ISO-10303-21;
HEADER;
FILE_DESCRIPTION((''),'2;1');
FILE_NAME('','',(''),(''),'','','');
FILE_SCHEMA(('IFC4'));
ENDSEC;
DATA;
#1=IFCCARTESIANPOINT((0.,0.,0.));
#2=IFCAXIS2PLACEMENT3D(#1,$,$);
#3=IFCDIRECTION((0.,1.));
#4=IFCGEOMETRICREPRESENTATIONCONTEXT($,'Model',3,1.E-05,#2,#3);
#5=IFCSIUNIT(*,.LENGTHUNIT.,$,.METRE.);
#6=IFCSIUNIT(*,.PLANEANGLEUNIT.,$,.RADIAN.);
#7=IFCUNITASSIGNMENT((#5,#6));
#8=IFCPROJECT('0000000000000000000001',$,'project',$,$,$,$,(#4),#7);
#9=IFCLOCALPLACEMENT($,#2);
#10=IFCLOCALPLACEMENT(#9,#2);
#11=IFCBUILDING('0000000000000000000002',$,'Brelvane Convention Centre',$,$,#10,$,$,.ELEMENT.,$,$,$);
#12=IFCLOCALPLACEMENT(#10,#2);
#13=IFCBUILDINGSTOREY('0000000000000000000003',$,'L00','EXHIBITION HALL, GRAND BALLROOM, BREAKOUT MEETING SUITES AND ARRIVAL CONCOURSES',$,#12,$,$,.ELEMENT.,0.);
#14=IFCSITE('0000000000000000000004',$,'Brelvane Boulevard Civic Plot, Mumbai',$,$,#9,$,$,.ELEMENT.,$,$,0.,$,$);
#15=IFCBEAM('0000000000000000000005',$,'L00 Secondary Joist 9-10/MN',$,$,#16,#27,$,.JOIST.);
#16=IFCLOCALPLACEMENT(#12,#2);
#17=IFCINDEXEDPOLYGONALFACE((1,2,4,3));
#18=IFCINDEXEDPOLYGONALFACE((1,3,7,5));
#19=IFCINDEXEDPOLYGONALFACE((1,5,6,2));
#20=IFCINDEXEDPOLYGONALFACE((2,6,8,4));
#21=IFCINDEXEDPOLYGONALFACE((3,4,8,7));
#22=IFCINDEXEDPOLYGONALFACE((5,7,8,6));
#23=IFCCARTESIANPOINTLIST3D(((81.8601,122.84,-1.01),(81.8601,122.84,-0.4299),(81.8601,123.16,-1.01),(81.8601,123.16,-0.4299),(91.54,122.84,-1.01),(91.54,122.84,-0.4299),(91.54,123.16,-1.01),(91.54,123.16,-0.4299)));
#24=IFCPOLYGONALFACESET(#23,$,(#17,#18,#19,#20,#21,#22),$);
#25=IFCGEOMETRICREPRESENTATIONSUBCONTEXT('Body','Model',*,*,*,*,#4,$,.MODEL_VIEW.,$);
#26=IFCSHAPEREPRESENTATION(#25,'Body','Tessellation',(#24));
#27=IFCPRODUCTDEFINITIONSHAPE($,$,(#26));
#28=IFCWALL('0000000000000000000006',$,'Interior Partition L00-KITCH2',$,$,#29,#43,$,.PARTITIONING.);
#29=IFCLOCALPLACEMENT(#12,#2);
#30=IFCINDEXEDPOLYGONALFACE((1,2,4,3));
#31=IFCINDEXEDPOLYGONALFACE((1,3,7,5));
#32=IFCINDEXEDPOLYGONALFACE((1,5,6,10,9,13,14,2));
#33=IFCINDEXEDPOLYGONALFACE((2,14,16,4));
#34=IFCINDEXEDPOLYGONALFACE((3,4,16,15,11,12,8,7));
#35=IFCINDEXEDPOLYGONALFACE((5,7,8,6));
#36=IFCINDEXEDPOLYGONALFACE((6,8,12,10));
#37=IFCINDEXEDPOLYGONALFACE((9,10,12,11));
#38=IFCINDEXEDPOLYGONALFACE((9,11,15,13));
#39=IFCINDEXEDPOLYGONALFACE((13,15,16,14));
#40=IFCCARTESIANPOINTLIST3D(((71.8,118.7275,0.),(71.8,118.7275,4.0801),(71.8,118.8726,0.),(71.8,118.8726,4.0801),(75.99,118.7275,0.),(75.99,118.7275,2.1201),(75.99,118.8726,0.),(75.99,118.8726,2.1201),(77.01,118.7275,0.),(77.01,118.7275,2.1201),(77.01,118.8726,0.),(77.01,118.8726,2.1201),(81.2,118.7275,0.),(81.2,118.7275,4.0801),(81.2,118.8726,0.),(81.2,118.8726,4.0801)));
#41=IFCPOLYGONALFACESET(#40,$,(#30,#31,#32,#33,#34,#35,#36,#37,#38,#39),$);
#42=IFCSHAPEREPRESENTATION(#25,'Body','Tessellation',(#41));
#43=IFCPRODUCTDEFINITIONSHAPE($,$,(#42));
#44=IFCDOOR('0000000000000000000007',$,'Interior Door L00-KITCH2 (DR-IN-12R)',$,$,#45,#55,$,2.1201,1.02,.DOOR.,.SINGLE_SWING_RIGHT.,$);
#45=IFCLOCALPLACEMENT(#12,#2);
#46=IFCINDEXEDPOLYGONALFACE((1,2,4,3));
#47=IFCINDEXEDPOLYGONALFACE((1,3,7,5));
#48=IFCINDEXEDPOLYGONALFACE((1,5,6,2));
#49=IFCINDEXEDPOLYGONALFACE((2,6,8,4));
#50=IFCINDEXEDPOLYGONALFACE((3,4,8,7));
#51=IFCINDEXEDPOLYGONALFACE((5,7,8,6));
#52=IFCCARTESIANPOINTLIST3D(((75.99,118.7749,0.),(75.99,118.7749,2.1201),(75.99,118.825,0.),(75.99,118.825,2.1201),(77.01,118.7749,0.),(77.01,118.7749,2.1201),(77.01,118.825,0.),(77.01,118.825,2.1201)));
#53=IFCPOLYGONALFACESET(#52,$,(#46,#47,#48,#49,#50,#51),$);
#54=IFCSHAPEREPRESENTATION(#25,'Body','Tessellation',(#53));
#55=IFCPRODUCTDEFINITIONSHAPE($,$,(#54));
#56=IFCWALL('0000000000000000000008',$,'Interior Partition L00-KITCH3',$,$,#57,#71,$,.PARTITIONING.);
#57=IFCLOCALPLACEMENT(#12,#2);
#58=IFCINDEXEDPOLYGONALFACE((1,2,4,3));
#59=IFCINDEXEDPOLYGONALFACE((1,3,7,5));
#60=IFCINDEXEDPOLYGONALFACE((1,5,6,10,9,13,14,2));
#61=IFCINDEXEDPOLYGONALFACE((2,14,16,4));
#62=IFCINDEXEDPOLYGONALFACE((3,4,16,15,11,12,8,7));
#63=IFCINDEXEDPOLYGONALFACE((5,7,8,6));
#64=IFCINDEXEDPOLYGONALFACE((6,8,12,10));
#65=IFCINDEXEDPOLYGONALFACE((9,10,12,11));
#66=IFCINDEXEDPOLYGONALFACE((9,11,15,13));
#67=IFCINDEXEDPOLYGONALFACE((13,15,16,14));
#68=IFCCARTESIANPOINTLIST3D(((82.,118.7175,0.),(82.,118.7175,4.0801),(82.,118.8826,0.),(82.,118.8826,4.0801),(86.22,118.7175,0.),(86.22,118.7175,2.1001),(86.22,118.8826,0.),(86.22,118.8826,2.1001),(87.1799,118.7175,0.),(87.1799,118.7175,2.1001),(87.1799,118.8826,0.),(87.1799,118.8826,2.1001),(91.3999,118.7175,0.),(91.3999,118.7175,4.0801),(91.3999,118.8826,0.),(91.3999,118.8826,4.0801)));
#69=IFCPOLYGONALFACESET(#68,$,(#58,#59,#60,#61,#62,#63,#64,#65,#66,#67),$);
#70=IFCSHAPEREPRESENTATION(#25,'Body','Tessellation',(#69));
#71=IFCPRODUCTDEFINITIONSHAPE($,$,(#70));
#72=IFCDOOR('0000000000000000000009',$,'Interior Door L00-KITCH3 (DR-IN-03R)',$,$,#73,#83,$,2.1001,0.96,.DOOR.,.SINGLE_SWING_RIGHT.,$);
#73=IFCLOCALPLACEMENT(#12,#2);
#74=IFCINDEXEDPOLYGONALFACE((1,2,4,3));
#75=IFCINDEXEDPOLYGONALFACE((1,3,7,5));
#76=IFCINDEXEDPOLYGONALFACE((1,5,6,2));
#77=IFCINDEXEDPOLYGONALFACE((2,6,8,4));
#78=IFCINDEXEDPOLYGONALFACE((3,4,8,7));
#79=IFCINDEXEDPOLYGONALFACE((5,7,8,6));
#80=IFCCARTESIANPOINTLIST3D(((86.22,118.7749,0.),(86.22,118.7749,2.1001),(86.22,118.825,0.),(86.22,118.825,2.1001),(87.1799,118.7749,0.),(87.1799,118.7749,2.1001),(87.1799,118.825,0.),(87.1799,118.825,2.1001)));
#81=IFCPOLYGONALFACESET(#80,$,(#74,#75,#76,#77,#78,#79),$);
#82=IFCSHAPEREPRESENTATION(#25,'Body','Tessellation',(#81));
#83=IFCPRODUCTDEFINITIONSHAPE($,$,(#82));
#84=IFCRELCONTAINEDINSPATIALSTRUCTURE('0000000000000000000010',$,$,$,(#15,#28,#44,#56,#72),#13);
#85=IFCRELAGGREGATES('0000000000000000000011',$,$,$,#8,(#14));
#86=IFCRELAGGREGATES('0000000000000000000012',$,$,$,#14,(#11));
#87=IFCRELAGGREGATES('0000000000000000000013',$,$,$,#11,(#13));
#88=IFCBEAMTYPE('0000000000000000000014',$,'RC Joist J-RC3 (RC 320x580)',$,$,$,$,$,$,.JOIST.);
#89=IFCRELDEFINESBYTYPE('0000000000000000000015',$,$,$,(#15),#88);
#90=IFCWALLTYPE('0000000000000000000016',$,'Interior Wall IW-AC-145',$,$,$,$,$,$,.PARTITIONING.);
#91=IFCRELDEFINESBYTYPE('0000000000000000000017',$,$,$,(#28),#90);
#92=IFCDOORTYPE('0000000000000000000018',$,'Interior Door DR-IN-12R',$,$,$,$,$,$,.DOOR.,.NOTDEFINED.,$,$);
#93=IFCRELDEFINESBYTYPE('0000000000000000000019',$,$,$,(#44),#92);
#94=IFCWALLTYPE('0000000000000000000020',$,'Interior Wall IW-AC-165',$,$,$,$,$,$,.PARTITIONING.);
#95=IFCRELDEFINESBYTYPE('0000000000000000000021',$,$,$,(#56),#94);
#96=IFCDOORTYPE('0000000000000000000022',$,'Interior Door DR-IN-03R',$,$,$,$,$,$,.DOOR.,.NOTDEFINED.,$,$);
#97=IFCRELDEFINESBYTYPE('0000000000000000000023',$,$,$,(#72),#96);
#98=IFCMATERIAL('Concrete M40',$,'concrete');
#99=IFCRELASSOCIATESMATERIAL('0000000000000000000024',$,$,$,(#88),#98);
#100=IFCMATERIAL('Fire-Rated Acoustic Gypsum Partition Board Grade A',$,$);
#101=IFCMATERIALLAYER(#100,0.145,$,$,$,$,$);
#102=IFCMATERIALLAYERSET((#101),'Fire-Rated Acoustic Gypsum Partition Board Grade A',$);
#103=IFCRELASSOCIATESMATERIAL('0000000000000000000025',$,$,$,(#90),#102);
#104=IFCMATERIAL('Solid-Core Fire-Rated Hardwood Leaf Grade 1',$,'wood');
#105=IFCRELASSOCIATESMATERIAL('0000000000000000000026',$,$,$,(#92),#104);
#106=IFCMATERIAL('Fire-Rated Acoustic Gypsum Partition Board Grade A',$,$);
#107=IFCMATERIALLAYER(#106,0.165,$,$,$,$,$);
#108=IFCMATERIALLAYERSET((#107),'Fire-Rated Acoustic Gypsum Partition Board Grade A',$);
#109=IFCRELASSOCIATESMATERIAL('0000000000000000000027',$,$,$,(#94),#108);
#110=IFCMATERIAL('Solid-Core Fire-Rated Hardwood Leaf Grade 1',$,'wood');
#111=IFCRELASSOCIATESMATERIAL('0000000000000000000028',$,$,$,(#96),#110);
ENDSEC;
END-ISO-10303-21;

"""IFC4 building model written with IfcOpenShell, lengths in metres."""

from ifc_helpers import new_model, si_unit, direction, frame, frame_2d, origin, origin_2d, place, context, subcontext, project, spatial, rectangle, extrude, material, layer, layer_set, material_profile, profile_set, type_object, element, fill, save


model = new_model("IFC4")

# Units and contexts
model_context = context("Model", 3, precision=1e-05, world=origin(), true_north=direction((0.0, 1.0)))
body_context = subcontext(model_context, "Body", "Model", "MODEL_VIEW")
ifc_project = project(units=[si_unit("LENGTHUNIT", "METRE"), si_unit("PLANEANGLEUNIT", "RADIAN")], contexts=[model_context])

# Site, building, storey
site_placement = place(None, origin())
site = spatial("IfcSite", under=ifc_project, at=site_placement, Name="Brelvane Boulevard Civic Plot, Mumbai", CompositionType="ELEMENT", RefElevation=0.0)
building_placement = place(site_placement, origin())
building = spatial("IfcBuilding", under=site, at=building_placement, Name="Brelvane Convention Centre", CompositionType="ELEMENT")
storey_placement = place(building_placement, origin())
storey = spatial("IfcBuildingStorey", under=building, at=storey_placement, Name="L00", Description="EXHIBITION HALL, GRAND BALLROOM, BREAKOUT MEETING SUITES AND ARRIVAL CONCOURSES", CompositionType="ELEMENT", Elevation=0.0)

# Beam
ifc_material_1 = material(Name="Concrete M40", Category="concrete")
ifc_material_profile_1 = material_profile(ifc_material_1, rectangle(XDim=0.3201, YDim=0.5801, at=origin_2d()), Name="RC 320x580")
ifc_profile_set_1 = profile_set([ifc_material_profile_1], Name="Concrete M40")
beam_type_1 = type_object("IfcBeamType", Name="RC Joist J-RC3 (RC 320x580)", PredefinedType="JOIST", material=ifc_profile_set_1)
for number, where, z_axis, x_axis, name in (
    (1, (81.8601, 123.0, -0.72), (1.0, 0.0, 0.0), (0.0, 1.0, 0.0), "L00 Secondary Joist 9-10/MN"),
):
    element("IfcBeam", number, at=place(storey_placement, frame(where, z_axis=z_axis, x_axis=x_axis)), inside=storey, type_object=beam_type_1, Name=name, PredefinedType="JOIST", context=body_context, shape_type="SweptSolid", body=[
        extrude(rectangle(XDim=0.3201, YDim=0.5801, at=origin_2d()), origin(), (0.0, 0.0, 1.0), 9.6799),
    ])

# Walls, openings, doors
ifc_material_2 = material(Name="Fire-Rated Acoustic Gypsum Partition Board Grade A")
ifc_layer_1 = layer(ifc_material_2, 0.145)
ifc_layer_set_1 = layer_set([ifc_layer_1], Name="Fire-Rated Acoustic Gypsum Partition Board Grade A")
wall_type_1 = type_object("IfcWallType", Name="Interior Wall IW-AC-145", PredefinedType="PARTITIONING", material=ifc_layer_set_1)
wall_1_placement = place(storey_placement, frame((71.8, 118.8, 0.0), z_axis=(0.0, 0.0, 1.0), x_axis=(1.0, 0.0, 0.0)))
wall_1 = element("IfcWall", 2, at=wall_1_placement, inside=storey, type_object=wall_type_1, Name="Interior Partition L00-KITCH2", PredefinedType="PARTITIONING", context=body_context, shape_type="SweptSolid", body=[
    extrude(rectangle(XDim=9.3999, YDim=0.145, at=frame_2d((4.7, 0.0))), origin(), (0.0, 0.0, 1.0), 4.0801),
])
opening_1_placement = place(wall_1_placement, frame((4.1899, 0.0, 0.0)))
opening_1 = element("IfcOpeningElement", 3, at=opening_1_placement, cuts=wall_1, PredefinedType="OPENING", context=body_context, shape_type="SweptSolid", body=[
    extrude(rectangle(XDim=1.02, YDim=2.1201, at=frame_2d((0.51, 1.0601))), frame((0.0, 0.0825, 0.0), z_axis=(0.0, -1.0, 0.0), x_axis=(1.0, 0.0, 0.0)), (0.0, 0.0, 1.0), 0.165),
])
ifc_material_3 = material(Name="Solid-Core Fire-Rated Hardwood Leaf Grade 1", Category="wood")
door_type_1 = type_object("IfcDoorType", Name="Interior Door DR-IN-12R", OperationType="NOTDEFINED", PredefinedType="DOOR", material=ifc_material_3)
door_1_placement = place(opening_1_placement, origin())
door_1 = element("IfcDoor", 4, at=door_1_placement, inside=storey, type_object=door_type_1, Name="Interior Door L00-KITCH2 (DR-IN-12R)", OperationType="SINGLE_SWING_RIGHT", OverallHeight=2.1201, OverallWidth=1.02, PredefinedType="DOOR", context=body_context, shape_type="SweptSolid", body=[
    extrude(rectangle(XDim=1.02, YDim=2.1201, at=frame_2d((0.51, 1.0601))), frame((0.0, 0.0249, 0.0), z_axis=(0.0, -1.0, 0.0), x_axis=(1.0, 0.0, 0.0)), (0.0, 0.0, 1.0), 0.05),
])
fill(opening_1, door_1)
ifc_material_4 = material(Name="Fire-Rated Acoustic Gypsum Partition Board Grade A")
ifc_layer_2 = layer(ifc_material_4, 0.165)
ifc_layer_set_2 = layer_set([ifc_layer_2], Name="Fire-Rated Acoustic Gypsum Partition Board Grade A")
wall_type_2 = type_object("IfcWallType", Name="Interior Wall IW-AC-165", PredefinedType="PARTITIONING", material=ifc_layer_set_2)
wall_2_placement = place(storey_placement, frame((82.0, 118.8, 0.0), z_axis=(0.0, 0.0, 1.0), x_axis=(1.0, 0.0, 0.0)))
wall_2 = element("IfcWall", 5, at=wall_2_placement, inside=storey, type_object=wall_type_2, Name="Interior Partition L00-KITCH3", PredefinedType="PARTITIONING", context=body_context, shape_type="SweptSolid", body=[
    extrude(rectangle(XDim=9.3999, YDim=0.165, at=frame_2d((4.7, 0.0))), origin(), (0.0, 0.0, 1.0), 4.0801),
])
opening_2_placement = place(wall_2_placement, frame((4.22, 0.0, 0.0)))
opening_2 = element("IfcOpeningElement", 6, at=opening_2_placement, cuts=wall_2, PredefinedType="OPENING", context=body_context, shape_type="SweptSolid", body=[
    extrude(rectangle(XDim=0.96, YDim=2.1001, at=frame_2d((0.48, 1.05))), frame((0.0, 0.0925, 0.0), z_axis=(0.0, -1.0, 0.0), x_axis=(1.0, 0.0, 0.0)), (0.0, 0.0, 1.0), 0.1851),
])
ifc_material_5 = material(Name="Solid-Core Fire-Rated Hardwood Leaf Grade 1", Category="wood")
door_type_2 = type_object("IfcDoorType", Name="Interior Door DR-IN-03R", OperationType="NOTDEFINED", PredefinedType="DOOR", material=ifc_material_5)
door_2_placement = place(opening_2_placement, origin())
door_2 = element("IfcDoor", 7, at=door_2_placement, inside=storey, type_object=door_type_2, Name="Interior Door L00-KITCH3 (DR-IN-03R)", OperationType="SINGLE_SWING_RIGHT", OverallHeight=2.1001, OverallWidth=0.96, PredefinedType="DOOR", context=body_context, shape_type="SweptSolid", body=[
    extrude(rectangle(XDim=0.96, YDim=2.1001, at=frame_2d((0.48, 1.05))), frame((0.0, 0.0249, 0.0), z_axis=(0.0, -1.0, 0.0), x_axis=(1.0, 0.0, 0.0)), (0.0, 0.0, 1.0), 0.05),
])
fill(opening_2, door_2)

save(model, "model.ifc")
